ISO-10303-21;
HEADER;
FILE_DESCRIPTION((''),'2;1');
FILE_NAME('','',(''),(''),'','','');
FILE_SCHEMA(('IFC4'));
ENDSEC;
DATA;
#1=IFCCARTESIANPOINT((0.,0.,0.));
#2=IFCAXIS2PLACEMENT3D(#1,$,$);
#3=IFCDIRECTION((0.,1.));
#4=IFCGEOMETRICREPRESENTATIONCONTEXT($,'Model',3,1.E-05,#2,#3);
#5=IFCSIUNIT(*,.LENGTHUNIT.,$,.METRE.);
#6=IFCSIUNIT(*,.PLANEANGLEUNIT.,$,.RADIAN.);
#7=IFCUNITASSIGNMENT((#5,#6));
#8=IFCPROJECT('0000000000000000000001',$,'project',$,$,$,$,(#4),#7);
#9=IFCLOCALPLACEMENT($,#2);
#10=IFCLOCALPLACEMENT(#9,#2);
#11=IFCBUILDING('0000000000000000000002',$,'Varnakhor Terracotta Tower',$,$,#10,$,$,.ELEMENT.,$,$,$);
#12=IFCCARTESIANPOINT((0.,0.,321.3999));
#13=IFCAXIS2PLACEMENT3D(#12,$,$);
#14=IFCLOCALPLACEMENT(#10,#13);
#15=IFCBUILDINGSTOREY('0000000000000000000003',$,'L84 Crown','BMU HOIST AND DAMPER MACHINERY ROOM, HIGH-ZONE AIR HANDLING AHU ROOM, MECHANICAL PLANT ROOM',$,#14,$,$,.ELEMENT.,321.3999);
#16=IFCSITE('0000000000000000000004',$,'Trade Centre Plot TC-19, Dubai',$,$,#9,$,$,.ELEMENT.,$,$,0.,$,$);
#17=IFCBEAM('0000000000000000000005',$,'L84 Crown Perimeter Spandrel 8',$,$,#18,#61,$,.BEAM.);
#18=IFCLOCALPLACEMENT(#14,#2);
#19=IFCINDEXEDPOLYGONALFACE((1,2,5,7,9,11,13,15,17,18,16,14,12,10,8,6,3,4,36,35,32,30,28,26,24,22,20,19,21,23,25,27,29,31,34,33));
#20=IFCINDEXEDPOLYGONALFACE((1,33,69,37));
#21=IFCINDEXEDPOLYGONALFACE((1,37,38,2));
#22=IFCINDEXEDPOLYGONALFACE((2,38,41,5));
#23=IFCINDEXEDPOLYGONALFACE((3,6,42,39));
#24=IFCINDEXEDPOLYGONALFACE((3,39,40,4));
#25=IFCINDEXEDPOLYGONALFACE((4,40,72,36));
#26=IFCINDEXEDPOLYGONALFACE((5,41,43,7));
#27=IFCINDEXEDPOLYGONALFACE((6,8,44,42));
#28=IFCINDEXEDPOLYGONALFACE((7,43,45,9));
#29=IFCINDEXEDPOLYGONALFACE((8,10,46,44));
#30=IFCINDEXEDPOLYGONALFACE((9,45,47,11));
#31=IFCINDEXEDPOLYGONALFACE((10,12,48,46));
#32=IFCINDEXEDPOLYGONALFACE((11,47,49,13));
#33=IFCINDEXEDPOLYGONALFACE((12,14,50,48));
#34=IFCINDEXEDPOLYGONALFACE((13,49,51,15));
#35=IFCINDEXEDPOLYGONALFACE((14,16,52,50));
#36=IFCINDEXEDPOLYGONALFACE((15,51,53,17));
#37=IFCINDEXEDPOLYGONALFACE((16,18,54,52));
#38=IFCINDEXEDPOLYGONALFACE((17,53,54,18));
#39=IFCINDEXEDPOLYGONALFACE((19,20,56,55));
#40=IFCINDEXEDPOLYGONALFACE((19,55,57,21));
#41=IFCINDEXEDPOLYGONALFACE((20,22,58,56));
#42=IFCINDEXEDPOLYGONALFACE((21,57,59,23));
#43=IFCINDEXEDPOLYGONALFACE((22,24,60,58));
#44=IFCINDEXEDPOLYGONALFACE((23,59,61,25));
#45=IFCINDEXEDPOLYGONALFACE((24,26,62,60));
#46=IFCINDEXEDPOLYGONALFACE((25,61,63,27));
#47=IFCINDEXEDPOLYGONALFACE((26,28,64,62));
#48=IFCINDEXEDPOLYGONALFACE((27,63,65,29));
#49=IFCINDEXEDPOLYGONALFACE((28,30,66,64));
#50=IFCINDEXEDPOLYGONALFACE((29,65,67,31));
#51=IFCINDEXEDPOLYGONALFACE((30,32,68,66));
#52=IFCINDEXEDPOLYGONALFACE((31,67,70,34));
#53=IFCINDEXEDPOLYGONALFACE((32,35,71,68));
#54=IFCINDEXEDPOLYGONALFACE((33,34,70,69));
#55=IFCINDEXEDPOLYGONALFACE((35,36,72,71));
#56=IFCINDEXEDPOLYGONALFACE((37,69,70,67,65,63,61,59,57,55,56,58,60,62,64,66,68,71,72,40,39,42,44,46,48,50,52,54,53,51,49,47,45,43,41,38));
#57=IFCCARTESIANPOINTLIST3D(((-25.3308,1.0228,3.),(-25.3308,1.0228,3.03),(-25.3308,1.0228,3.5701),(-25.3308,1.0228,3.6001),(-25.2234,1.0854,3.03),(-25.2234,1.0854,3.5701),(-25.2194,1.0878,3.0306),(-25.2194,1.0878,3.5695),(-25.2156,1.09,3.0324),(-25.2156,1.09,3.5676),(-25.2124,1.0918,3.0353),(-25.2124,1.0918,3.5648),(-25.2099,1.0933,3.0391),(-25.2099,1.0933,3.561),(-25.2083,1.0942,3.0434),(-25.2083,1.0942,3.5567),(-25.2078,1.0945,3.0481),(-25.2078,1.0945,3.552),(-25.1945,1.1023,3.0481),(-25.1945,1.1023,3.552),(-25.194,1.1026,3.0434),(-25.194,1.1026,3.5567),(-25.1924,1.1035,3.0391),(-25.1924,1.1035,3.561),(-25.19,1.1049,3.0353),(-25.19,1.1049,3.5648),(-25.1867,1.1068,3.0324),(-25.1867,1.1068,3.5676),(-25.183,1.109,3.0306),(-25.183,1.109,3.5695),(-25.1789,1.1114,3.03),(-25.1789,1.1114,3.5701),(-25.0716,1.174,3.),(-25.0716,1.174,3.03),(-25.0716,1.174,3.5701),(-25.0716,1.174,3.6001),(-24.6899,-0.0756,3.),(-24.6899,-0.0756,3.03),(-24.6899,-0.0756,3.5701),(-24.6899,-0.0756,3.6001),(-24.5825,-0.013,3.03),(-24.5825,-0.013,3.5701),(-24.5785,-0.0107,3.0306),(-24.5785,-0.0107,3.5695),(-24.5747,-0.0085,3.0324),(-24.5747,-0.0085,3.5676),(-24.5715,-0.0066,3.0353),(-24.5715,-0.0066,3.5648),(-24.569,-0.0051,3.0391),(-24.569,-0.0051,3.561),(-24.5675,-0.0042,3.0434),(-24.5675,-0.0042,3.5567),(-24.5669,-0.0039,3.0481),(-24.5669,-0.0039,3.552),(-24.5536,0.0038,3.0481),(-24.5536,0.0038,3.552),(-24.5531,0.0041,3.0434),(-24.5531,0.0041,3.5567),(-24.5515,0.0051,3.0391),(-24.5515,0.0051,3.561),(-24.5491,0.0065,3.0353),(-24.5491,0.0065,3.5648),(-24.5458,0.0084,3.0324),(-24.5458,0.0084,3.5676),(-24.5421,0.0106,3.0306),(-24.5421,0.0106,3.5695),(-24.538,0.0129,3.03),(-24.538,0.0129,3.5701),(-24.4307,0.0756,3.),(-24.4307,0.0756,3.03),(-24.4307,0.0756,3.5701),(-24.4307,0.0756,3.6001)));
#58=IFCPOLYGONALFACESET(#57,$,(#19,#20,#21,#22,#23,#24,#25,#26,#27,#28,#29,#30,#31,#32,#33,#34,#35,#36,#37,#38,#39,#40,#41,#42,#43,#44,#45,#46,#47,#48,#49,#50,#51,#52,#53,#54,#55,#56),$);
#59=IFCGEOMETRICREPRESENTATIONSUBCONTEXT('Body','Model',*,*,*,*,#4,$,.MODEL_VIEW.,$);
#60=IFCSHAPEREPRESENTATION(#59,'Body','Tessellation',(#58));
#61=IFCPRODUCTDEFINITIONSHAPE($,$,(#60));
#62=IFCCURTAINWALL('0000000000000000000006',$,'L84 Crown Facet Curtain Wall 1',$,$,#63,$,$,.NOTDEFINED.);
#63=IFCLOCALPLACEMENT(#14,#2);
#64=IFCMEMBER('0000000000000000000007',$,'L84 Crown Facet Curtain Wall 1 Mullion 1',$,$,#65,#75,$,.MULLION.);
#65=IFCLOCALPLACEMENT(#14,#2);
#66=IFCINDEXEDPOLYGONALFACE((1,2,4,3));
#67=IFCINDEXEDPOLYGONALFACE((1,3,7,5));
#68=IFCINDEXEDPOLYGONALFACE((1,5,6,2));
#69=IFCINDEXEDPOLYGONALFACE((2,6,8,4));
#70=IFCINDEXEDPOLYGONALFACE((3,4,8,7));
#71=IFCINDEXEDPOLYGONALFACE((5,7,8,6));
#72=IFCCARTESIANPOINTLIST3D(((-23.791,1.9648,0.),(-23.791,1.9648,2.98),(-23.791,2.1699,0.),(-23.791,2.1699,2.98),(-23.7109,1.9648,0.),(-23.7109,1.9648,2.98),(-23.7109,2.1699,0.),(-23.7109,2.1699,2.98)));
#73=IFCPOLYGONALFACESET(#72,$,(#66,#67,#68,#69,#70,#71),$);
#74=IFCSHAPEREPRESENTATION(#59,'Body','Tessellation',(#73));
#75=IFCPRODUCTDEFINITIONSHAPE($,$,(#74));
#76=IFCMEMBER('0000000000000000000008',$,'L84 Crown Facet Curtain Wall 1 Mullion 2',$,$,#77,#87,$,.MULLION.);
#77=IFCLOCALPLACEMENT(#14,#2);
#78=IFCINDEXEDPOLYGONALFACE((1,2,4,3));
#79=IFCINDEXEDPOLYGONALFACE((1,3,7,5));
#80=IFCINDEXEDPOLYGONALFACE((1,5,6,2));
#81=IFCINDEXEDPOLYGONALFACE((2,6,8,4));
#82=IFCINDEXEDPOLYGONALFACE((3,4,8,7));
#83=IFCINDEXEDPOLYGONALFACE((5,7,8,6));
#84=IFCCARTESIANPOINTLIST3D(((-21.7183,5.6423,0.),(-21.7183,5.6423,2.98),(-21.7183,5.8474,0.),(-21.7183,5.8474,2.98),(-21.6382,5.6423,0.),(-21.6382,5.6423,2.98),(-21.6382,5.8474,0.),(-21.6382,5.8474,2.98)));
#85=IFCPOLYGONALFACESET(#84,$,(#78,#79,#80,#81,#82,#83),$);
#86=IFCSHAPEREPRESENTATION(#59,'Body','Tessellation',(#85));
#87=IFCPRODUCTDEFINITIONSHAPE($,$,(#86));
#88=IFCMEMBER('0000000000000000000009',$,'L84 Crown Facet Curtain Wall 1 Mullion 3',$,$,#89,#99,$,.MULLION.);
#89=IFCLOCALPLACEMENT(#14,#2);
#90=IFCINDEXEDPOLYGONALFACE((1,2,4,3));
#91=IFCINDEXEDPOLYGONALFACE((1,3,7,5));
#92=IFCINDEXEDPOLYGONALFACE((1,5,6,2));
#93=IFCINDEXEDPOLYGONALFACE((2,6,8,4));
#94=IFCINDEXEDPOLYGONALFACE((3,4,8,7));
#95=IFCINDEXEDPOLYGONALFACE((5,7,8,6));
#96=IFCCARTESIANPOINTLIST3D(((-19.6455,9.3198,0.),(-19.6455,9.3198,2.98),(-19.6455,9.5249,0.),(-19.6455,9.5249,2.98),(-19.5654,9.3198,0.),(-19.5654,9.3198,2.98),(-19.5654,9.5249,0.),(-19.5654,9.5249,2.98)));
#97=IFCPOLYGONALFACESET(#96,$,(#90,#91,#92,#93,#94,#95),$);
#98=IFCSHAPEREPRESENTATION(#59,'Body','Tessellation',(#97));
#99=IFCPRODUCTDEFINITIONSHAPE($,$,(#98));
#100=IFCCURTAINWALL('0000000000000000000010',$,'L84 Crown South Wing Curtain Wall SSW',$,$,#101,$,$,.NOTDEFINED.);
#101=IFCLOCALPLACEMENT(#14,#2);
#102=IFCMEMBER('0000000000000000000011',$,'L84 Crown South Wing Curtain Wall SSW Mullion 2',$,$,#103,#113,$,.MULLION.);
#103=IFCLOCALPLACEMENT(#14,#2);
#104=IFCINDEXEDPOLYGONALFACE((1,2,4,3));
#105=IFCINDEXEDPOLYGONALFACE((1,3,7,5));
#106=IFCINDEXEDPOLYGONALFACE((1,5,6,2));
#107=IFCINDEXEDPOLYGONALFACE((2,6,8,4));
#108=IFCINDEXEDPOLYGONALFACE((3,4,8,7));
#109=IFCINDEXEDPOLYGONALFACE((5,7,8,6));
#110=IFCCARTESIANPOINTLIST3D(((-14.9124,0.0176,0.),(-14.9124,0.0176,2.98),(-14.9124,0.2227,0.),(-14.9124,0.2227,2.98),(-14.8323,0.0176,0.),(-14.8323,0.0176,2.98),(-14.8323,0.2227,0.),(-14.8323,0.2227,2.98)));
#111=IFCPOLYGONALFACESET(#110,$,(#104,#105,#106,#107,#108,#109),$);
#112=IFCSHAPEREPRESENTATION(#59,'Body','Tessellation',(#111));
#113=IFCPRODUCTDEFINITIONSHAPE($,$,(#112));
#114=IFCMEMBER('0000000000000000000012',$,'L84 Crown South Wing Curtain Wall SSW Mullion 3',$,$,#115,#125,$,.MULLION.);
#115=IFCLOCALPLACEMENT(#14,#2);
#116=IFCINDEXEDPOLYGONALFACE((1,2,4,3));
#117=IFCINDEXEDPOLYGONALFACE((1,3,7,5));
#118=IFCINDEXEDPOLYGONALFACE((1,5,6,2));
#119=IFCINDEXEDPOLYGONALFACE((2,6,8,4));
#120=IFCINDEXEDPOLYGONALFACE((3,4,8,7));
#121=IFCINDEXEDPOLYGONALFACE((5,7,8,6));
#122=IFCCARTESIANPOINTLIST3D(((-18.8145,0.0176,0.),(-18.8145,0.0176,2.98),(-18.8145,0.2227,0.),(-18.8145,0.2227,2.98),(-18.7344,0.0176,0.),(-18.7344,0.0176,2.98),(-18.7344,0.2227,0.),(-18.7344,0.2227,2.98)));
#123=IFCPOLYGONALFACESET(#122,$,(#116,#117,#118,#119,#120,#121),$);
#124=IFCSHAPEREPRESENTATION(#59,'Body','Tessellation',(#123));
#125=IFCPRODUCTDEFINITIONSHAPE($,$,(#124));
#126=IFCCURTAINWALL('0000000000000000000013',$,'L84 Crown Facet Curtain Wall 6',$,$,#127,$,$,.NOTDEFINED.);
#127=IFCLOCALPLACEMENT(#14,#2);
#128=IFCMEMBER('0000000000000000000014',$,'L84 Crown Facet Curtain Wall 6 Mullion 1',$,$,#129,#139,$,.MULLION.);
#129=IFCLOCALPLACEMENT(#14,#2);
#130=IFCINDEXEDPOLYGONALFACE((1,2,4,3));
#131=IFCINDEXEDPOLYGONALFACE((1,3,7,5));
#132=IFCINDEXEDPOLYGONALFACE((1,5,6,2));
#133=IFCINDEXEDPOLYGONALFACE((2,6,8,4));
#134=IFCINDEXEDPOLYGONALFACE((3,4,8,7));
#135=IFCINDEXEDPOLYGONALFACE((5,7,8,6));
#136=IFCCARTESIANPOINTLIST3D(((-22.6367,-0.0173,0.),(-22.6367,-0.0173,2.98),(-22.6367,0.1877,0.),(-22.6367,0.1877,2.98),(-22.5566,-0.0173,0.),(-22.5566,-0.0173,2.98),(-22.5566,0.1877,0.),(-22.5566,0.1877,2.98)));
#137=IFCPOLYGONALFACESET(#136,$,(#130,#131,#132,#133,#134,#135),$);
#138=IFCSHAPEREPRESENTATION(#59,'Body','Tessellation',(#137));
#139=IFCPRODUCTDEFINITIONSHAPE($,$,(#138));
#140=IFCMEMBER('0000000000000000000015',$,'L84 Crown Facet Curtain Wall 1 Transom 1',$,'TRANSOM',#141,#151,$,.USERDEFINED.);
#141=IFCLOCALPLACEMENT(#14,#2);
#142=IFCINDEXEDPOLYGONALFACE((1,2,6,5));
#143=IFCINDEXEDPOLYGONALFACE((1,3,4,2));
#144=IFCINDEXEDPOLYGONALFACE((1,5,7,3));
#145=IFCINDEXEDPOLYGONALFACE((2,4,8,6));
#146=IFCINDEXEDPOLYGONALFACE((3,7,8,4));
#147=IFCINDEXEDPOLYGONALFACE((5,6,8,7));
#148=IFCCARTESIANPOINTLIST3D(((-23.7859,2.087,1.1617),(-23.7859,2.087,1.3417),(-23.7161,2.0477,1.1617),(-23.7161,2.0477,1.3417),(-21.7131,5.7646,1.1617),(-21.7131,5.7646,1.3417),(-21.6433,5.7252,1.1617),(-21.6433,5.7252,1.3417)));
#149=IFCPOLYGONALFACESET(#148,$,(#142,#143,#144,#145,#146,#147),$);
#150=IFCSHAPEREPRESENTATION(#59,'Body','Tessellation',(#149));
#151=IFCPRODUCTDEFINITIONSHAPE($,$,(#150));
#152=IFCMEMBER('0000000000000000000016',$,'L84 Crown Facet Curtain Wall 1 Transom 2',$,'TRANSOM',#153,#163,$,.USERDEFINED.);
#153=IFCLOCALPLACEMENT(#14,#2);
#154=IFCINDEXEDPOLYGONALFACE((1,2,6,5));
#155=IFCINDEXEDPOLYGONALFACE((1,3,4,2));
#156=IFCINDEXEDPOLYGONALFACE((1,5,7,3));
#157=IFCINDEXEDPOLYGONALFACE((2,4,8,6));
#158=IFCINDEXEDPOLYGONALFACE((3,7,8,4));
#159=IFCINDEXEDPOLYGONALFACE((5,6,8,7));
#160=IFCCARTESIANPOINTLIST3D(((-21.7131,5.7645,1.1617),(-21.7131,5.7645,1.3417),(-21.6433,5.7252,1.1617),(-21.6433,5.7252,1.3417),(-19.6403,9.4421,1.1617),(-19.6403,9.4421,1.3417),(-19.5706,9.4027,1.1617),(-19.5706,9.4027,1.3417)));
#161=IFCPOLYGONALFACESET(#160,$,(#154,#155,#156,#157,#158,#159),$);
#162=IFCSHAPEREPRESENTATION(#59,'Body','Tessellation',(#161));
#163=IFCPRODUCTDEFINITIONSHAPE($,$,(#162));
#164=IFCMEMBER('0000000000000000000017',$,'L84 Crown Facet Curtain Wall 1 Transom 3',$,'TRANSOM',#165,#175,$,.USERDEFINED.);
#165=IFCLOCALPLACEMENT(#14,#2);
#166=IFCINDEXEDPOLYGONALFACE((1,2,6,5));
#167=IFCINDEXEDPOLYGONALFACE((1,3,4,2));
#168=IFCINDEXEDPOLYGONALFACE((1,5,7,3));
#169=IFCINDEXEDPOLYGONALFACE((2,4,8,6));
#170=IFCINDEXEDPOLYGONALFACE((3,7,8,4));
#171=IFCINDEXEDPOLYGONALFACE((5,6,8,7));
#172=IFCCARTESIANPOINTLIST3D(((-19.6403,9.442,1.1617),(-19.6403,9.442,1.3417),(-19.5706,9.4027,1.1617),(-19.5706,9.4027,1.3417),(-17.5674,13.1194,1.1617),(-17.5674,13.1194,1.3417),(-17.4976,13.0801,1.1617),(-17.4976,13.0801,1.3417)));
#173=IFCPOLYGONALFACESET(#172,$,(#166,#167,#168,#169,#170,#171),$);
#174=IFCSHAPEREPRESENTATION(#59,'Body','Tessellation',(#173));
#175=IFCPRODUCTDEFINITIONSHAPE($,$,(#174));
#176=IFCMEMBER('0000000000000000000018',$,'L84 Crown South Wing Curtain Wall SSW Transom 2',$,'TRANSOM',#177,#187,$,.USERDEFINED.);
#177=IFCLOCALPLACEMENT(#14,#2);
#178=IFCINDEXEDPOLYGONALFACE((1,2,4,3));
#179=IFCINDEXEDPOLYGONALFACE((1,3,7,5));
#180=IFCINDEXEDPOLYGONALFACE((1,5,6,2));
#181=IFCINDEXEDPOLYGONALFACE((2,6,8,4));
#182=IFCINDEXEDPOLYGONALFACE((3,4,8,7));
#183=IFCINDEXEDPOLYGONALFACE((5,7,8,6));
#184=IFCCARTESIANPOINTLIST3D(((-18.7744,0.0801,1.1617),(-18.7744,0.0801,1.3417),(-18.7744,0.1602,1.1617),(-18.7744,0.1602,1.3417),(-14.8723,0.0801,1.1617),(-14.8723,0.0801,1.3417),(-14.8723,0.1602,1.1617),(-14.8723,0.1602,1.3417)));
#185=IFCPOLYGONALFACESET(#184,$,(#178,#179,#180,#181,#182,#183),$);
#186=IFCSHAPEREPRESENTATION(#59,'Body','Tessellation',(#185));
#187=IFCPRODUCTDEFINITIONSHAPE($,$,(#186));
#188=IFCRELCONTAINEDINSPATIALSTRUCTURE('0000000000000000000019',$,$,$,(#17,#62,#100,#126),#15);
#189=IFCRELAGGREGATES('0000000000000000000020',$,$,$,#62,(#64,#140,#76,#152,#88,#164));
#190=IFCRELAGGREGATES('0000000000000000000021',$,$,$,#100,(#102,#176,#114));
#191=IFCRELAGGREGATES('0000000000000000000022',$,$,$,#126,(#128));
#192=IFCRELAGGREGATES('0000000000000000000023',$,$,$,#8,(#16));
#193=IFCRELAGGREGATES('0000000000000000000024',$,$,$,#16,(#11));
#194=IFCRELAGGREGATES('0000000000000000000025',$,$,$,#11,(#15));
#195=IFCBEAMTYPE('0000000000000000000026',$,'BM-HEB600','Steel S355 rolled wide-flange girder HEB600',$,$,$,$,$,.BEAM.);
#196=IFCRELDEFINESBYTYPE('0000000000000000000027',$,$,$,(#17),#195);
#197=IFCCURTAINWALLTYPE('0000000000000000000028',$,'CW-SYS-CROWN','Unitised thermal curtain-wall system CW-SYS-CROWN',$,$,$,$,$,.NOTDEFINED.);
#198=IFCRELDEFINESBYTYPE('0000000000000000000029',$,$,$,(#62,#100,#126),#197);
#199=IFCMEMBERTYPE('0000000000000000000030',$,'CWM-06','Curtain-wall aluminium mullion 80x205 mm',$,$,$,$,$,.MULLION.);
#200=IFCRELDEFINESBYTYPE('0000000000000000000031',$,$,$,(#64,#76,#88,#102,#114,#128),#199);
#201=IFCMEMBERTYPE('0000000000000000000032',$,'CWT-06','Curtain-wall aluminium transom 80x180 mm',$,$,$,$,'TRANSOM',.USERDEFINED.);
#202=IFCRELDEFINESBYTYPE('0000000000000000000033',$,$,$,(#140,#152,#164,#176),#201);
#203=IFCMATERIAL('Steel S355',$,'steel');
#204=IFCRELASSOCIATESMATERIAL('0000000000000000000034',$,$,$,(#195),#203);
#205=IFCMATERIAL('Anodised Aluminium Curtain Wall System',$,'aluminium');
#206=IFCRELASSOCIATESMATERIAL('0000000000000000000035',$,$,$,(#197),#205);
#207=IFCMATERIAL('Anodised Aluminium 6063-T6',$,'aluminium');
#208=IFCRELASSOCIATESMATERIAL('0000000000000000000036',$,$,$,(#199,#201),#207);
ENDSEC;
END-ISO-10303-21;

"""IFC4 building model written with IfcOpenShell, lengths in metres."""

from ifc_helpers import new_model, si_unit, direction, frame, origin, origin_2d, place, context, subcontext, project, spatial, rectangle, i_section, extrude, source, transform, mapped, material, material_profile, profile_set, type_object, type_shapes, element, aggregate, save


model = new_model("IFC4")

# Units and contexts
model_context = context("Model", 3, precision=1e-05, world=origin(), true_north=direction((0.0, 1.0)))
body_context = subcontext(model_context, "Body", "Model", "MODEL_VIEW")
ifc_project = project(units=[si_unit("LENGTHUNIT", "METRE"), si_unit("PLANEANGLEUNIT", "RADIAN")], contexts=[model_context])

# Site, building, storey
site_placement = place(None, origin())
site = spatial("IfcSite", under=ifc_project, at=site_placement, Name="Trade Centre Plot TC-19, Dubai", CompositionType="ELEMENT", RefElevation=0.0)
building_placement = place(site_placement, origin())
building = spatial("IfcBuilding", under=site, at=building_placement, Name="Varnakhor Terracotta Tower", CompositionType="ELEMENT")
storey_placement = place(building_placement, frame((0.0, 0.0, 321.3999)))
storey = spatial("IfcBuildingStorey", under=building, at=storey_placement, Name="L84 Crown", Description="BMU HOIST AND DAMPER MACHINERY ROOM, HIGH-ZONE AIR HANDLING AHU ROOM, MECHANICAL PLANT ROOM", CompositionType="ELEMENT", Elevation=321.3999)

# Shared definitions
ifc_material_1 = material(Name="Steel S355", Category="steel")

# Beam
ifc_material_profile_1 = material_profile(ifc_material_1, i_section(OverallWidth=0.3, OverallDepth=0.6001, WebThickness=0.0154, FlangeThickness=0.03, FilletRadius=0.0181, at=origin_2d()), Name="HEB600")
ifc_profile_set_1 = profile_set([ifc_material_profile_1], Name="Steel S355")
beam_type = type_object("IfcBeamType", Name="BM-HEB600", Description="Steel S355 rolled wide-flange girder HEB600", PredefinedType="BEAM", material=ifc_profile_set_1)
shared_shape_1 = source(origin(), body_context, "Body", "SweptSolid", [
    extrude(i_section(OverallWidth=0.3, OverallDepth=0.6001, WebThickness=0.0154, FlangeThickness=0.03, FilletRadius=0.0181, at=origin_2d()), origin(), (0.0, 0.0, 1.0), 1.2717),
])
beam_1_placement = place(storey_placement, frame((-25.2012, 1.0984, 3.3), z_axis=(0.503955, -0.86373, 0.0), x_axis=(0.86373, 0.503955, 0.0)))
element("IfcBeam", 1, at=beam_1_placement, inside=storey, type_object=beam_type, Name="L84 Crown Perimeter Spandrel 8", PredefinedType="BEAM", context=body_context, shape_type="MappedRepresentation", body=[
    mapped(shared_shape_1, transform((0.0, 0.0, 0.0), scale=1.0)),
])

# Curtain walls, members
ifc_material_2 = material(Name="Anodised Aluminium Curtain Wall System", Category="aluminium")
curtain_wall_type = type_object("IfcCurtainWallType", Name="CW-SYS-CROWN", Description="Unitised thermal curtain-wall system CW-SYS-CROWN", PredefinedType="NOTDEFINED", material=ifc_material_2)
curtain_wall_1_placement = place(storey_placement, origin())
curtain_wall_1 = element("IfcCurtainWall", 2, at=curtain_wall_1_placement, inside=storey, type_object=curtain_wall_type, Name="L84 Crown Facet Curtain Wall 1", PredefinedType="NOTDEFINED")
ifc_material_3 = material(Name="Anodised Aluminium 6063-T6", Category="aluminium")
ifc_material_profile_2 = material_profile(ifc_material_3, rectangle(XDim=0.0801, YDim=0.2051, at=origin_2d()), Name="ALU MULLION 80x205")
ifc_profile_set_2 = profile_set([ifc_material_profile_2], Name="Anodised Aluminium 6063-T6")
member_type_1 = type_object("IfcMemberType", Name="CWM-06", Description="Curtain-wall aluminium mullion 80x205 mm", PredefinedType="MULLION", material=ifc_profile_set_2)
shared_shape_2 = source(origin(), body_context, "Body", "SweptSolid", [
    extrude(rectangle(XDim=0.0801, YDim=0.2051, at=origin_2d()), origin(), (0.0, 0.0, 1.0), 2.98),
])
type_shapes(member_type_1, [shared_shape_2])
member_1_placement = place(storey_placement, frame((-23.751, 2.0674, 0.0), z_axis=(0.0, 0.0, 1.0), x_axis=(1.0, 0.0, 0.0)))
member_1 = element("IfcMember", 3, at=member_1_placement, type_object=member_type_1, Name="L84 Crown Facet Curtain Wall 1 Mullion 1", PredefinedType="MULLION", context=body_context, shape_type="MappedRepresentation", body=[
    mapped(shared_shape_2, transform((0.0, 0.0, 0.0), scale=1.0)),
])
member_2_placement = place(storey_placement, frame((-21.6782, 5.7449, 0.0), z_axis=(0.0, 0.0, 1.0), x_axis=(1.0, 0.0, 0.0)))
member_2 = element("IfcMember", 4, at=member_2_placement, type_object=member_type_1, Name="L84 Crown Facet Curtain Wall 1 Mullion 2", PredefinedType="MULLION", context=body_context, shape_type="MappedRepresentation", body=[
    mapped(shared_shape_2, transform((0.0, 0.0, 0.0), scale=1.0)),
])
member_3_placement = place(storey_placement, frame((-19.6055, 9.4224, 0.0), z_axis=(0.0, 0.0, 1.0), x_axis=(1.0, 0.0, 0.0)))
member_3 = element("IfcMember", 5, at=member_3_placement, type_object=member_type_1, Name="L84 Crown Facet Curtain Wall 1 Mullion 3", PredefinedType="MULLION", context=body_context, shape_type="MappedRepresentation", body=[
    mapped(shared_shape_2, transform((0.0, 0.0, 0.0), scale=1.0)),
])
curtain_wall_2_placement = place(storey_placement, origin())
curtain_wall_2 = element("IfcCurtainWall", 6, at=curtain_wall_2_placement, inside=storey, type_object=curtain_wall_type, Name="L84 Crown South Wing Curtain Wall SSW", PredefinedType="NOTDEFINED")
member_4_placement = place(storey_placement, frame((-14.8723, 0.1201, 0.0), z_axis=(0.0, 0.0, 1.0), x_axis=(1.0, 0.0, 0.0)))
member_4 = element("IfcMember", 7, at=member_4_placement, type_object=member_type_1, Name="L84 Crown South Wing Curtain Wall SSW Mullion 2", PredefinedType="MULLION", context=body_context, shape_type="MappedRepresentation", body=[
    mapped(shared_shape_2, transform((0.0, 0.0, 0.0), scale=1.0)),
])
member_5_placement = place(storey_placement, frame((-18.7744, 0.1201, 0.0), z_axis=(0.0, 0.0, 1.0), x_axis=(1.0, 0.0, 0.0)))
member_5 = element("IfcMember", 8, at=member_5_placement, type_object=member_type_1, Name="L84 Crown South Wing Curtain Wall SSW Mullion 3", PredefinedType="MULLION", context=body_context, shape_type="MappedRepresentation", body=[
    mapped(shared_shape_2, transform((0.0, 0.0, 0.0), scale=1.0)),
])

# Curtain wall, member
curtain_wall_3_placement = place(storey_placement, origin())
curtain_wall_3 = element("IfcCurtainWall", 9, at=curtain_wall_3_placement, inside=storey, type_object=curtain_wall_type, Name="L84 Crown Facet Curtain Wall 6", PredefinedType="NOTDEFINED")
member_6_placement = place(storey_placement, frame((-22.5967, 0.0852, 0.0), z_axis=(0.0, 0.0, 1.0), x_axis=(1.0, 0.0, 0.0)))
member_6 = element("IfcMember", 10, at=member_6_placement, type_object=member_type_1, Name="L84 Crown Facet Curtain Wall 6 Mullion 1", PredefinedType="MULLION", context=body_context, shape_type="MappedRepresentation", body=[
    mapped(shared_shape_2, transform((0.0, 0.0, 0.0), scale=1.0)),
])

# Members
ifc_material_profile_3 = material_profile(ifc_material_3, rectangle(XDim=0.0801, YDim=0.1799, at=origin_2d()), Name="ALU TRANSOM 80x180")
ifc_profile_set_3 = profile_set([ifc_material_profile_3], Name="Anodised Aluminium 6063-T6")
member_type_2 = type_object("IfcMemberType", Name="CWT-06", Description="Curtain-wall aluminium transom 80x180 mm", ElementType="TRANSOM", PredefinedType="USERDEFINED", material=ifc_profile_set_3)
shared_shape_3 = source(origin(), body_context, "Body", "SweptSolid", [
    extrude(rectangle(XDim=0.0801, YDim=0.1799, at=origin_2d()), origin(), (0.0, 0.0, 1.0), 4.2214),
])
member_7_placement = place(storey_placement, frame((-23.751, 2.0674, 1.2517), z_axis=(0.491011, 0.871154, 0.0), x_axis=(-0.871154, 0.491011, 0.0)))
member_7 = element("IfcMember", 11, at=member_7_placement, type_object=member_type_2, Name="L84 Crown Facet Curtain Wall 1 Transom 1", ObjectType="TRANSOM", PredefinedType="USERDEFINED", context=body_context, shape_type="MappedRepresentation", body=[
    mapped(shared_shape_3, transform((0.0, 0.0, 0.0), scale=1.0)),
])
member_8_placement = place(storey_placement, frame((-21.6782, 5.7449, 1.2517), z_axis=(0.491011, 0.871154, 0.0), x_axis=(-0.871154, 0.491011, 0.0)))
member_8 = element("IfcMember", 12, at=member_8_placement, type_object=member_type_2, Name="L84 Crown Facet Curtain Wall 1 Transom 2", ObjectType="TRANSOM", PredefinedType="USERDEFINED", context=body_context, shape_type="MappedRepresentation", body=[
    mapped(shared_shape_3, transform((0.0, 0.0, 0.0), scale=1.0)),
])
member_9_placement = place(storey_placement, frame((-19.6055, 9.4224, 1.2517), z_axis=(0.491055, 0.871129, 0.0), x_axis=(-0.871129, 0.491055, 0.0)))
member_9 = element("IfcMember", 13, at=member_9_placement, type_object=member_type_2, Name="L84 Crown Facet Curtain Wall 1 Transom 3", ObjectType="TRANSOM", PredefinedType="USERDEFINED", context=body_context, shape_type="MappedRepresentation", body=[
    mapped(shared_shape_3, transform((0.0, 0.0, 0.0), scale=1.0)),
])
shared_shape_4 = source(origin(), body_context, "Body", "SweptSolid", [
    extrude(rectangle(XDim=0.0801, YDim=0.1799, at=origin_2d()), origin(), (0.0, 0.0, 1.0), 3.9021),
])
member_10_placement = place(storey_placement, frame((-14.8723, 0.1201, 1.2517), z_axis=(-1.0, 0.0, 0.0), x_axis=(0.0, -1.0, 0.0)))
member_10 = element("IfcMember", 14, at=member_10_placement, type_object=member_type_2, Name="L84 Crown South Wing Curtain Wall SSW Transom 2", ObjectType="TRANSOM", PredefinedType="USERDEFINED", context=body_context, shape_type="MappedRepresentation", body=[
    mapped(shared_shape_4, transform((0.0, 0.0, 0.0), scale=1.0)),
])

aggregate(curtain_wall_1, [member_1, member_7, member_2, member_8, member_3, member_9])
aggregate(curtain_wall_2, [member_4, member_10, member_5])
aggregate(curtain_wall_3, [member_6])

save(model, "model.ifc")
